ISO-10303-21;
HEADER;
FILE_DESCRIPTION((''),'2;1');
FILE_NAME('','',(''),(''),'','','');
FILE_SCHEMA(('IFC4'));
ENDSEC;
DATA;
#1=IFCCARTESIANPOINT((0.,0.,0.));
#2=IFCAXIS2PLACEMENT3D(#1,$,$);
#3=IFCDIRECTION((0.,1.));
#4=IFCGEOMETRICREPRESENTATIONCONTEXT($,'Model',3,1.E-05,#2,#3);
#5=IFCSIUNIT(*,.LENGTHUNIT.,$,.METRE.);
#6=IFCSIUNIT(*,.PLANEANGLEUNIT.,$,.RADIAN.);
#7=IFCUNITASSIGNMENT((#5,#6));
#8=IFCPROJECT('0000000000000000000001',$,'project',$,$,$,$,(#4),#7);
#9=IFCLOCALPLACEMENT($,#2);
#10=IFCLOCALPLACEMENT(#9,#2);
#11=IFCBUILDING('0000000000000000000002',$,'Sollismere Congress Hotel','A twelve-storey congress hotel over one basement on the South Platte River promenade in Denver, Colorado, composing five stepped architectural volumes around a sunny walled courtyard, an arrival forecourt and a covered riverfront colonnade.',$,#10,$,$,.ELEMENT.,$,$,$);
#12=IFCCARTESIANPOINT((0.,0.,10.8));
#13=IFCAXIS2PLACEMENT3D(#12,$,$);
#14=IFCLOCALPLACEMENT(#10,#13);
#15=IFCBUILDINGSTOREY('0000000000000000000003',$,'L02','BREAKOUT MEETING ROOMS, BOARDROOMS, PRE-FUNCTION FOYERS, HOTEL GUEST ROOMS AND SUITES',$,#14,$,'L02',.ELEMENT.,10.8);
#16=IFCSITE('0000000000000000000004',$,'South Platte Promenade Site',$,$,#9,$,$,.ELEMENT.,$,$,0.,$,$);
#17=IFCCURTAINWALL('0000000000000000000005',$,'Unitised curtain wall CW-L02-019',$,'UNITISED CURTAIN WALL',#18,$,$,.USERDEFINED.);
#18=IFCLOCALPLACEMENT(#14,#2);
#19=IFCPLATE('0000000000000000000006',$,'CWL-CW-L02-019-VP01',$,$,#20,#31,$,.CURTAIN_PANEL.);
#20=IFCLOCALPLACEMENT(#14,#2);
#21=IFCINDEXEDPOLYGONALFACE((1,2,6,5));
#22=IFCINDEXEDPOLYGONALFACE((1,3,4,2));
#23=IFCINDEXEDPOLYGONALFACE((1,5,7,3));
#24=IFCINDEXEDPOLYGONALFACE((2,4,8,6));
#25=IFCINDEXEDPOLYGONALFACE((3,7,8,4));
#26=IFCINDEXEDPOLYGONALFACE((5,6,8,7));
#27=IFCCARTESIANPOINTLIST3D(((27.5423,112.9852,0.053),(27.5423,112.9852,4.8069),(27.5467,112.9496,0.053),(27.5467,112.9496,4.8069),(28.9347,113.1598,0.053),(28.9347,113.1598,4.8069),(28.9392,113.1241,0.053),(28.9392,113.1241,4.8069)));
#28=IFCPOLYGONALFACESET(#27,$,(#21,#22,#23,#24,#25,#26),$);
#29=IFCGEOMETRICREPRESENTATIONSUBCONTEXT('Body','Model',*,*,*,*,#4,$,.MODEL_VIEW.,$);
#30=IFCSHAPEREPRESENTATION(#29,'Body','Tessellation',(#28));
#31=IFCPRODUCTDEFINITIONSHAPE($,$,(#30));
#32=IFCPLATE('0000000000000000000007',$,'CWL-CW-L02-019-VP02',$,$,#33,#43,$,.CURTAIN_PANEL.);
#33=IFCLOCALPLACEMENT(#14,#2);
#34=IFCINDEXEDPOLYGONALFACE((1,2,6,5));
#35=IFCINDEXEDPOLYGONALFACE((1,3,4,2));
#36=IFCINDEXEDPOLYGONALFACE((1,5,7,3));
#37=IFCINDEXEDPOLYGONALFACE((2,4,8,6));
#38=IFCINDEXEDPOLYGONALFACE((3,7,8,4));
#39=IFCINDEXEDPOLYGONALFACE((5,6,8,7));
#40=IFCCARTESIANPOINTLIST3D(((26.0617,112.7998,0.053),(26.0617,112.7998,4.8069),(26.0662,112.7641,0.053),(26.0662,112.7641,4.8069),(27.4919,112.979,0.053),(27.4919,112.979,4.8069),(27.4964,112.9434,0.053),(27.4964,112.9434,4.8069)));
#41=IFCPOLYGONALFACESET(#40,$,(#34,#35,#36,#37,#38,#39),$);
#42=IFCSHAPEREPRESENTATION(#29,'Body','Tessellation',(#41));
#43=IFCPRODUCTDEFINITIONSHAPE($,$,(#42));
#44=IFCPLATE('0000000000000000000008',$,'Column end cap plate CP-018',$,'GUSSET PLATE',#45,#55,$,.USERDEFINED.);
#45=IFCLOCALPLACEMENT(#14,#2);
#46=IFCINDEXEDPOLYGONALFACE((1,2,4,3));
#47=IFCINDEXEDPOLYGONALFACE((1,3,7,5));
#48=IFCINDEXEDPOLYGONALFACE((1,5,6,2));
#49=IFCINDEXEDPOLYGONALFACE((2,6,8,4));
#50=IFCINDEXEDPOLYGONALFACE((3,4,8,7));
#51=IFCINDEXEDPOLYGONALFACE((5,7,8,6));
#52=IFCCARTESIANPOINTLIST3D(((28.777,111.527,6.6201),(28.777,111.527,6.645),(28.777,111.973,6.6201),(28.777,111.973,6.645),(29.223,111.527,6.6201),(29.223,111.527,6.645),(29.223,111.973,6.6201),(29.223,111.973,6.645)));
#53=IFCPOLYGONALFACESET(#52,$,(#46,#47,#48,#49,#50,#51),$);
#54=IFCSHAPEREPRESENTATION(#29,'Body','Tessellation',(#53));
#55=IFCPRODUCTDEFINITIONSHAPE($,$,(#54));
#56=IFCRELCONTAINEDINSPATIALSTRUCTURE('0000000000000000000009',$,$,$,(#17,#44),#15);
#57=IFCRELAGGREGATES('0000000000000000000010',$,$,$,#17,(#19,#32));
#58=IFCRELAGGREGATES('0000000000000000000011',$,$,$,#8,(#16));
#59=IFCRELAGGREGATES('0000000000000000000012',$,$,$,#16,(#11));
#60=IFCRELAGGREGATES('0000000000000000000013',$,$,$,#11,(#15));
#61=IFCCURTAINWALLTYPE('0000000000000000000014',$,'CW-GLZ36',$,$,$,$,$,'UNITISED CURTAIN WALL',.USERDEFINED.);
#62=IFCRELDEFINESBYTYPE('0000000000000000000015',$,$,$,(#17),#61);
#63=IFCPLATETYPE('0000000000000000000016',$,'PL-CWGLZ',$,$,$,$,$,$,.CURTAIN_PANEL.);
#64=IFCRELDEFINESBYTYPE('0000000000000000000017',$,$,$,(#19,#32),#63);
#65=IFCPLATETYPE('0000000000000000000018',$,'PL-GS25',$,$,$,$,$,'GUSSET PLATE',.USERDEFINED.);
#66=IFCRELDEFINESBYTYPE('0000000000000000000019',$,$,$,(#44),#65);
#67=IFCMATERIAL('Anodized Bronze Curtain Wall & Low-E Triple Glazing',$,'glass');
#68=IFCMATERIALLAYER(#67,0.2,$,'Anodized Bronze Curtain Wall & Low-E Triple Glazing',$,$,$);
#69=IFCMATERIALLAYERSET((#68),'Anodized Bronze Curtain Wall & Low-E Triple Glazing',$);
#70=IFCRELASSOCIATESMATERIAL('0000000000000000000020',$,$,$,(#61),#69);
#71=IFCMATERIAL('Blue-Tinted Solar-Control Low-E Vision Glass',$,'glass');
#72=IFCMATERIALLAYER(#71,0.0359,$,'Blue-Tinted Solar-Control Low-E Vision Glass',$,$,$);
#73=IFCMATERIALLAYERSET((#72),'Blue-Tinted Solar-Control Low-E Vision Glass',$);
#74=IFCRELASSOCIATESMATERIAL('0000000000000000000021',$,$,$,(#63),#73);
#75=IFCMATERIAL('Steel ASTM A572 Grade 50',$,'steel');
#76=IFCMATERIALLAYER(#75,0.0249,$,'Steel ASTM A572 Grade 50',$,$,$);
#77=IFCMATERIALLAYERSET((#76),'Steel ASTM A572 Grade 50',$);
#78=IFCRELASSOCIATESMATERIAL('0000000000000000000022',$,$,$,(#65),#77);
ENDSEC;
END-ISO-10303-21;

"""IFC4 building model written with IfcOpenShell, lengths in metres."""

from ifc_helpers import new_model, si_unit, direction, frame, origin, origin_2d, place, context, subcontext, project, spatial, rectangle, extrude, material, layer, layer_set, type_object, element, aggregate, save


model = new_model("IFC4")

# Units and contexts
model_context = context("Model", 3, precision=1e-05, world=origin(), true_north=direction((0.0, 1.0)))
body_context = subcontext(model_context, "Body", "Model", "MODEL_VIEW")
ifc_project = project(units=[si_unit("LENGTHUNIT", "METRE"), si_unit("PLANEANGLEUNIT", "RADIAN")], contexts=[model_context])

# Site, building, storey
site_placement = place(None, origin())
site = spatial("IfcSite", under=ifc_project, at=site_placement, Name="South Platte Promenade Site", CompositionType="ELEMENT", RefElevation=0.0)
building_placement = place(site_placement, origin())
building = spatial("IfcBuilding", under=site, at=building_placement, Name="Sollismere Congress Hotel", Description="A twelve-storey congress hotel over one basement on the South Platte River promenade in Denver, Colorado, composing five stepped architectural volumes around a sunny walled courtyard, an arrival forecourt and a covered riverfront colonnade.", CompositionType="ELEMENT")
storey_placement = place(building_placement, frame((0.0, 0.0, 10.8)))
storey = spatial("IfcBuildingStorey", under=building, at=storey_placement, Name="L02", Description="BREAKOUT MEETING ROOMS, BOARDROOMS, PRE-FUNCTION FOYERS, HOTEL GUEST ROOMS AND SUITES", LongName="L02", CompositionType="ELEMENT", Elevation=10.8)

# Curtain wall
ifc_material_1 = material(Name="Anodized Bronze Curtain Wall & Low-E Triple Glazing", Category="glass")
ifc_layer_1 = layer(ifc_material_1, 0.2, Name="Anodized Bronze Curtain Wall & Low-E Triple Glazing")
ifc_layer_set_1 = layer_set([ifc_layer_1], Name="Anodized Bronze Curtain Wall & Low-E Triple Glazing")
curtain_wall_type = type_object("IfcCurtainWallType", Name="CW-GLZ36", ElementType="UNITISED CURTAIN WALL", PredefinedType="USERDEFINED", material=ifc_layer_set_1)
curtain_wall_1_placement = place(storey_placement, origin())
curtain_wall_1 = element("IfcCurtainWall", 1, at=curtain_wall_1_placement, inside=storey, type_object=curtain_wall_type, Name="Unitised curtain wall CW-L02-019", ObjectType="UNITISED CURTAIN WALL", PredefinedType="USERDEFINED")

# Plates
ifc_material_2 = material(Name="Blue-Tinted Solar-Control Low-E Vision Glass", Category="glass")
ifc_layer_2 = layer(ifc_material_2, 0.0359, Name="Blue-Tinted Solar-Control Low-E Vision Glass")
ifc_layer_set_2 = layer_set([ifc_layer_2], Name="Blue-Tinted Solar-Control Low-E Vision Glass")
plate_type_1 = type_object("IfcPlateType", Name="PL-CWGLZ", PredefinedType="CURTAIN_PANEL", material=ifc_layer_set_2)
plate_1_placement = place(storey_placement, frame((28.2407, 113.0547, 0.053), z_axis=(0.0, 0.0, 1.0), x_axis=(-0.992237, -0.124363, 0.0)))
plate_1 = element("IfcPlate", 2, at=plate_1_placement, type_object=plate_type_1, Name="CWL-CW-L02-019-VP01", PredefinedType="CURTAIN_PANEL", context=body_context, shape_type="SweptSolid", body=[
    extrude(rectangle(XDim=1.4033, YDim=0.0359, at=origin_2d()), origin(), (0.0, 0.0, 1.0), 4.7539),
])
plate_2_placement = place(storey_placement, frame((26.7791, 112.8716, 0.053), z_axis=(0.0, 0.0, 1.0), x_axis=(-0.992237, -0.124363, 0.0)))
plate_2 = element("IfcPlate", 3, at=plate_2_placement, type_object=plate_type_1, Name="CWL-CW-L02-019-VP02", PredefinedType="CURTAIN_PANEL", context=body_context, shape_type="SweptSolid", body=[
    extrude(rectangle(XDim=1.4414, YDim=0.0359, at=origin_2d()), origin(), (0.0, 0.0, 1.0), 4.7539),
])
aggregate(curtain_wall_1, [plate_1, plate_2])
ifc_material_3 = material(Name="Steel ASTM A572 Grade 50", Category="steel")
ifc_layer_3 = layer(ifc_material_3, 0.0249, Name="Steel ASTM A572 Grade 50")
ifc_layer_set_3 = layer_set([ifc_layer_3], Name="Steel ASTM A572 Grade 50")
plate_type_2 = type_object("IfcPlateType", Name="PL-GS25", ElementType="GUSSET PLATE", PredefinedType="USERDEFINED", material=ifc_layer_set_3)
plate_3_placement = place(storey_placement, frame((29.0, 111.75, 6.6201), z_axis=(0.0, 0.0, 1.0), x_axis=(0.0, 1.0, 0.0)))
element("IfcPlate", 4, at=plate_3_placement, inside=storey, type_object=plate_type_2, Name="Column end cap plate CP-018", ObjectType="GUSSET PLATE", PredefinedType="USERDEFINED", context=body_context, shape_type="SweptSolid", body=[
    extrude(rectangle(XDim=0.446, YDim=0.446, at=origin_2d()), origin(), (0.0, 0.0, 1.0), 0.0249),
])

save(model, "model.ifc")
